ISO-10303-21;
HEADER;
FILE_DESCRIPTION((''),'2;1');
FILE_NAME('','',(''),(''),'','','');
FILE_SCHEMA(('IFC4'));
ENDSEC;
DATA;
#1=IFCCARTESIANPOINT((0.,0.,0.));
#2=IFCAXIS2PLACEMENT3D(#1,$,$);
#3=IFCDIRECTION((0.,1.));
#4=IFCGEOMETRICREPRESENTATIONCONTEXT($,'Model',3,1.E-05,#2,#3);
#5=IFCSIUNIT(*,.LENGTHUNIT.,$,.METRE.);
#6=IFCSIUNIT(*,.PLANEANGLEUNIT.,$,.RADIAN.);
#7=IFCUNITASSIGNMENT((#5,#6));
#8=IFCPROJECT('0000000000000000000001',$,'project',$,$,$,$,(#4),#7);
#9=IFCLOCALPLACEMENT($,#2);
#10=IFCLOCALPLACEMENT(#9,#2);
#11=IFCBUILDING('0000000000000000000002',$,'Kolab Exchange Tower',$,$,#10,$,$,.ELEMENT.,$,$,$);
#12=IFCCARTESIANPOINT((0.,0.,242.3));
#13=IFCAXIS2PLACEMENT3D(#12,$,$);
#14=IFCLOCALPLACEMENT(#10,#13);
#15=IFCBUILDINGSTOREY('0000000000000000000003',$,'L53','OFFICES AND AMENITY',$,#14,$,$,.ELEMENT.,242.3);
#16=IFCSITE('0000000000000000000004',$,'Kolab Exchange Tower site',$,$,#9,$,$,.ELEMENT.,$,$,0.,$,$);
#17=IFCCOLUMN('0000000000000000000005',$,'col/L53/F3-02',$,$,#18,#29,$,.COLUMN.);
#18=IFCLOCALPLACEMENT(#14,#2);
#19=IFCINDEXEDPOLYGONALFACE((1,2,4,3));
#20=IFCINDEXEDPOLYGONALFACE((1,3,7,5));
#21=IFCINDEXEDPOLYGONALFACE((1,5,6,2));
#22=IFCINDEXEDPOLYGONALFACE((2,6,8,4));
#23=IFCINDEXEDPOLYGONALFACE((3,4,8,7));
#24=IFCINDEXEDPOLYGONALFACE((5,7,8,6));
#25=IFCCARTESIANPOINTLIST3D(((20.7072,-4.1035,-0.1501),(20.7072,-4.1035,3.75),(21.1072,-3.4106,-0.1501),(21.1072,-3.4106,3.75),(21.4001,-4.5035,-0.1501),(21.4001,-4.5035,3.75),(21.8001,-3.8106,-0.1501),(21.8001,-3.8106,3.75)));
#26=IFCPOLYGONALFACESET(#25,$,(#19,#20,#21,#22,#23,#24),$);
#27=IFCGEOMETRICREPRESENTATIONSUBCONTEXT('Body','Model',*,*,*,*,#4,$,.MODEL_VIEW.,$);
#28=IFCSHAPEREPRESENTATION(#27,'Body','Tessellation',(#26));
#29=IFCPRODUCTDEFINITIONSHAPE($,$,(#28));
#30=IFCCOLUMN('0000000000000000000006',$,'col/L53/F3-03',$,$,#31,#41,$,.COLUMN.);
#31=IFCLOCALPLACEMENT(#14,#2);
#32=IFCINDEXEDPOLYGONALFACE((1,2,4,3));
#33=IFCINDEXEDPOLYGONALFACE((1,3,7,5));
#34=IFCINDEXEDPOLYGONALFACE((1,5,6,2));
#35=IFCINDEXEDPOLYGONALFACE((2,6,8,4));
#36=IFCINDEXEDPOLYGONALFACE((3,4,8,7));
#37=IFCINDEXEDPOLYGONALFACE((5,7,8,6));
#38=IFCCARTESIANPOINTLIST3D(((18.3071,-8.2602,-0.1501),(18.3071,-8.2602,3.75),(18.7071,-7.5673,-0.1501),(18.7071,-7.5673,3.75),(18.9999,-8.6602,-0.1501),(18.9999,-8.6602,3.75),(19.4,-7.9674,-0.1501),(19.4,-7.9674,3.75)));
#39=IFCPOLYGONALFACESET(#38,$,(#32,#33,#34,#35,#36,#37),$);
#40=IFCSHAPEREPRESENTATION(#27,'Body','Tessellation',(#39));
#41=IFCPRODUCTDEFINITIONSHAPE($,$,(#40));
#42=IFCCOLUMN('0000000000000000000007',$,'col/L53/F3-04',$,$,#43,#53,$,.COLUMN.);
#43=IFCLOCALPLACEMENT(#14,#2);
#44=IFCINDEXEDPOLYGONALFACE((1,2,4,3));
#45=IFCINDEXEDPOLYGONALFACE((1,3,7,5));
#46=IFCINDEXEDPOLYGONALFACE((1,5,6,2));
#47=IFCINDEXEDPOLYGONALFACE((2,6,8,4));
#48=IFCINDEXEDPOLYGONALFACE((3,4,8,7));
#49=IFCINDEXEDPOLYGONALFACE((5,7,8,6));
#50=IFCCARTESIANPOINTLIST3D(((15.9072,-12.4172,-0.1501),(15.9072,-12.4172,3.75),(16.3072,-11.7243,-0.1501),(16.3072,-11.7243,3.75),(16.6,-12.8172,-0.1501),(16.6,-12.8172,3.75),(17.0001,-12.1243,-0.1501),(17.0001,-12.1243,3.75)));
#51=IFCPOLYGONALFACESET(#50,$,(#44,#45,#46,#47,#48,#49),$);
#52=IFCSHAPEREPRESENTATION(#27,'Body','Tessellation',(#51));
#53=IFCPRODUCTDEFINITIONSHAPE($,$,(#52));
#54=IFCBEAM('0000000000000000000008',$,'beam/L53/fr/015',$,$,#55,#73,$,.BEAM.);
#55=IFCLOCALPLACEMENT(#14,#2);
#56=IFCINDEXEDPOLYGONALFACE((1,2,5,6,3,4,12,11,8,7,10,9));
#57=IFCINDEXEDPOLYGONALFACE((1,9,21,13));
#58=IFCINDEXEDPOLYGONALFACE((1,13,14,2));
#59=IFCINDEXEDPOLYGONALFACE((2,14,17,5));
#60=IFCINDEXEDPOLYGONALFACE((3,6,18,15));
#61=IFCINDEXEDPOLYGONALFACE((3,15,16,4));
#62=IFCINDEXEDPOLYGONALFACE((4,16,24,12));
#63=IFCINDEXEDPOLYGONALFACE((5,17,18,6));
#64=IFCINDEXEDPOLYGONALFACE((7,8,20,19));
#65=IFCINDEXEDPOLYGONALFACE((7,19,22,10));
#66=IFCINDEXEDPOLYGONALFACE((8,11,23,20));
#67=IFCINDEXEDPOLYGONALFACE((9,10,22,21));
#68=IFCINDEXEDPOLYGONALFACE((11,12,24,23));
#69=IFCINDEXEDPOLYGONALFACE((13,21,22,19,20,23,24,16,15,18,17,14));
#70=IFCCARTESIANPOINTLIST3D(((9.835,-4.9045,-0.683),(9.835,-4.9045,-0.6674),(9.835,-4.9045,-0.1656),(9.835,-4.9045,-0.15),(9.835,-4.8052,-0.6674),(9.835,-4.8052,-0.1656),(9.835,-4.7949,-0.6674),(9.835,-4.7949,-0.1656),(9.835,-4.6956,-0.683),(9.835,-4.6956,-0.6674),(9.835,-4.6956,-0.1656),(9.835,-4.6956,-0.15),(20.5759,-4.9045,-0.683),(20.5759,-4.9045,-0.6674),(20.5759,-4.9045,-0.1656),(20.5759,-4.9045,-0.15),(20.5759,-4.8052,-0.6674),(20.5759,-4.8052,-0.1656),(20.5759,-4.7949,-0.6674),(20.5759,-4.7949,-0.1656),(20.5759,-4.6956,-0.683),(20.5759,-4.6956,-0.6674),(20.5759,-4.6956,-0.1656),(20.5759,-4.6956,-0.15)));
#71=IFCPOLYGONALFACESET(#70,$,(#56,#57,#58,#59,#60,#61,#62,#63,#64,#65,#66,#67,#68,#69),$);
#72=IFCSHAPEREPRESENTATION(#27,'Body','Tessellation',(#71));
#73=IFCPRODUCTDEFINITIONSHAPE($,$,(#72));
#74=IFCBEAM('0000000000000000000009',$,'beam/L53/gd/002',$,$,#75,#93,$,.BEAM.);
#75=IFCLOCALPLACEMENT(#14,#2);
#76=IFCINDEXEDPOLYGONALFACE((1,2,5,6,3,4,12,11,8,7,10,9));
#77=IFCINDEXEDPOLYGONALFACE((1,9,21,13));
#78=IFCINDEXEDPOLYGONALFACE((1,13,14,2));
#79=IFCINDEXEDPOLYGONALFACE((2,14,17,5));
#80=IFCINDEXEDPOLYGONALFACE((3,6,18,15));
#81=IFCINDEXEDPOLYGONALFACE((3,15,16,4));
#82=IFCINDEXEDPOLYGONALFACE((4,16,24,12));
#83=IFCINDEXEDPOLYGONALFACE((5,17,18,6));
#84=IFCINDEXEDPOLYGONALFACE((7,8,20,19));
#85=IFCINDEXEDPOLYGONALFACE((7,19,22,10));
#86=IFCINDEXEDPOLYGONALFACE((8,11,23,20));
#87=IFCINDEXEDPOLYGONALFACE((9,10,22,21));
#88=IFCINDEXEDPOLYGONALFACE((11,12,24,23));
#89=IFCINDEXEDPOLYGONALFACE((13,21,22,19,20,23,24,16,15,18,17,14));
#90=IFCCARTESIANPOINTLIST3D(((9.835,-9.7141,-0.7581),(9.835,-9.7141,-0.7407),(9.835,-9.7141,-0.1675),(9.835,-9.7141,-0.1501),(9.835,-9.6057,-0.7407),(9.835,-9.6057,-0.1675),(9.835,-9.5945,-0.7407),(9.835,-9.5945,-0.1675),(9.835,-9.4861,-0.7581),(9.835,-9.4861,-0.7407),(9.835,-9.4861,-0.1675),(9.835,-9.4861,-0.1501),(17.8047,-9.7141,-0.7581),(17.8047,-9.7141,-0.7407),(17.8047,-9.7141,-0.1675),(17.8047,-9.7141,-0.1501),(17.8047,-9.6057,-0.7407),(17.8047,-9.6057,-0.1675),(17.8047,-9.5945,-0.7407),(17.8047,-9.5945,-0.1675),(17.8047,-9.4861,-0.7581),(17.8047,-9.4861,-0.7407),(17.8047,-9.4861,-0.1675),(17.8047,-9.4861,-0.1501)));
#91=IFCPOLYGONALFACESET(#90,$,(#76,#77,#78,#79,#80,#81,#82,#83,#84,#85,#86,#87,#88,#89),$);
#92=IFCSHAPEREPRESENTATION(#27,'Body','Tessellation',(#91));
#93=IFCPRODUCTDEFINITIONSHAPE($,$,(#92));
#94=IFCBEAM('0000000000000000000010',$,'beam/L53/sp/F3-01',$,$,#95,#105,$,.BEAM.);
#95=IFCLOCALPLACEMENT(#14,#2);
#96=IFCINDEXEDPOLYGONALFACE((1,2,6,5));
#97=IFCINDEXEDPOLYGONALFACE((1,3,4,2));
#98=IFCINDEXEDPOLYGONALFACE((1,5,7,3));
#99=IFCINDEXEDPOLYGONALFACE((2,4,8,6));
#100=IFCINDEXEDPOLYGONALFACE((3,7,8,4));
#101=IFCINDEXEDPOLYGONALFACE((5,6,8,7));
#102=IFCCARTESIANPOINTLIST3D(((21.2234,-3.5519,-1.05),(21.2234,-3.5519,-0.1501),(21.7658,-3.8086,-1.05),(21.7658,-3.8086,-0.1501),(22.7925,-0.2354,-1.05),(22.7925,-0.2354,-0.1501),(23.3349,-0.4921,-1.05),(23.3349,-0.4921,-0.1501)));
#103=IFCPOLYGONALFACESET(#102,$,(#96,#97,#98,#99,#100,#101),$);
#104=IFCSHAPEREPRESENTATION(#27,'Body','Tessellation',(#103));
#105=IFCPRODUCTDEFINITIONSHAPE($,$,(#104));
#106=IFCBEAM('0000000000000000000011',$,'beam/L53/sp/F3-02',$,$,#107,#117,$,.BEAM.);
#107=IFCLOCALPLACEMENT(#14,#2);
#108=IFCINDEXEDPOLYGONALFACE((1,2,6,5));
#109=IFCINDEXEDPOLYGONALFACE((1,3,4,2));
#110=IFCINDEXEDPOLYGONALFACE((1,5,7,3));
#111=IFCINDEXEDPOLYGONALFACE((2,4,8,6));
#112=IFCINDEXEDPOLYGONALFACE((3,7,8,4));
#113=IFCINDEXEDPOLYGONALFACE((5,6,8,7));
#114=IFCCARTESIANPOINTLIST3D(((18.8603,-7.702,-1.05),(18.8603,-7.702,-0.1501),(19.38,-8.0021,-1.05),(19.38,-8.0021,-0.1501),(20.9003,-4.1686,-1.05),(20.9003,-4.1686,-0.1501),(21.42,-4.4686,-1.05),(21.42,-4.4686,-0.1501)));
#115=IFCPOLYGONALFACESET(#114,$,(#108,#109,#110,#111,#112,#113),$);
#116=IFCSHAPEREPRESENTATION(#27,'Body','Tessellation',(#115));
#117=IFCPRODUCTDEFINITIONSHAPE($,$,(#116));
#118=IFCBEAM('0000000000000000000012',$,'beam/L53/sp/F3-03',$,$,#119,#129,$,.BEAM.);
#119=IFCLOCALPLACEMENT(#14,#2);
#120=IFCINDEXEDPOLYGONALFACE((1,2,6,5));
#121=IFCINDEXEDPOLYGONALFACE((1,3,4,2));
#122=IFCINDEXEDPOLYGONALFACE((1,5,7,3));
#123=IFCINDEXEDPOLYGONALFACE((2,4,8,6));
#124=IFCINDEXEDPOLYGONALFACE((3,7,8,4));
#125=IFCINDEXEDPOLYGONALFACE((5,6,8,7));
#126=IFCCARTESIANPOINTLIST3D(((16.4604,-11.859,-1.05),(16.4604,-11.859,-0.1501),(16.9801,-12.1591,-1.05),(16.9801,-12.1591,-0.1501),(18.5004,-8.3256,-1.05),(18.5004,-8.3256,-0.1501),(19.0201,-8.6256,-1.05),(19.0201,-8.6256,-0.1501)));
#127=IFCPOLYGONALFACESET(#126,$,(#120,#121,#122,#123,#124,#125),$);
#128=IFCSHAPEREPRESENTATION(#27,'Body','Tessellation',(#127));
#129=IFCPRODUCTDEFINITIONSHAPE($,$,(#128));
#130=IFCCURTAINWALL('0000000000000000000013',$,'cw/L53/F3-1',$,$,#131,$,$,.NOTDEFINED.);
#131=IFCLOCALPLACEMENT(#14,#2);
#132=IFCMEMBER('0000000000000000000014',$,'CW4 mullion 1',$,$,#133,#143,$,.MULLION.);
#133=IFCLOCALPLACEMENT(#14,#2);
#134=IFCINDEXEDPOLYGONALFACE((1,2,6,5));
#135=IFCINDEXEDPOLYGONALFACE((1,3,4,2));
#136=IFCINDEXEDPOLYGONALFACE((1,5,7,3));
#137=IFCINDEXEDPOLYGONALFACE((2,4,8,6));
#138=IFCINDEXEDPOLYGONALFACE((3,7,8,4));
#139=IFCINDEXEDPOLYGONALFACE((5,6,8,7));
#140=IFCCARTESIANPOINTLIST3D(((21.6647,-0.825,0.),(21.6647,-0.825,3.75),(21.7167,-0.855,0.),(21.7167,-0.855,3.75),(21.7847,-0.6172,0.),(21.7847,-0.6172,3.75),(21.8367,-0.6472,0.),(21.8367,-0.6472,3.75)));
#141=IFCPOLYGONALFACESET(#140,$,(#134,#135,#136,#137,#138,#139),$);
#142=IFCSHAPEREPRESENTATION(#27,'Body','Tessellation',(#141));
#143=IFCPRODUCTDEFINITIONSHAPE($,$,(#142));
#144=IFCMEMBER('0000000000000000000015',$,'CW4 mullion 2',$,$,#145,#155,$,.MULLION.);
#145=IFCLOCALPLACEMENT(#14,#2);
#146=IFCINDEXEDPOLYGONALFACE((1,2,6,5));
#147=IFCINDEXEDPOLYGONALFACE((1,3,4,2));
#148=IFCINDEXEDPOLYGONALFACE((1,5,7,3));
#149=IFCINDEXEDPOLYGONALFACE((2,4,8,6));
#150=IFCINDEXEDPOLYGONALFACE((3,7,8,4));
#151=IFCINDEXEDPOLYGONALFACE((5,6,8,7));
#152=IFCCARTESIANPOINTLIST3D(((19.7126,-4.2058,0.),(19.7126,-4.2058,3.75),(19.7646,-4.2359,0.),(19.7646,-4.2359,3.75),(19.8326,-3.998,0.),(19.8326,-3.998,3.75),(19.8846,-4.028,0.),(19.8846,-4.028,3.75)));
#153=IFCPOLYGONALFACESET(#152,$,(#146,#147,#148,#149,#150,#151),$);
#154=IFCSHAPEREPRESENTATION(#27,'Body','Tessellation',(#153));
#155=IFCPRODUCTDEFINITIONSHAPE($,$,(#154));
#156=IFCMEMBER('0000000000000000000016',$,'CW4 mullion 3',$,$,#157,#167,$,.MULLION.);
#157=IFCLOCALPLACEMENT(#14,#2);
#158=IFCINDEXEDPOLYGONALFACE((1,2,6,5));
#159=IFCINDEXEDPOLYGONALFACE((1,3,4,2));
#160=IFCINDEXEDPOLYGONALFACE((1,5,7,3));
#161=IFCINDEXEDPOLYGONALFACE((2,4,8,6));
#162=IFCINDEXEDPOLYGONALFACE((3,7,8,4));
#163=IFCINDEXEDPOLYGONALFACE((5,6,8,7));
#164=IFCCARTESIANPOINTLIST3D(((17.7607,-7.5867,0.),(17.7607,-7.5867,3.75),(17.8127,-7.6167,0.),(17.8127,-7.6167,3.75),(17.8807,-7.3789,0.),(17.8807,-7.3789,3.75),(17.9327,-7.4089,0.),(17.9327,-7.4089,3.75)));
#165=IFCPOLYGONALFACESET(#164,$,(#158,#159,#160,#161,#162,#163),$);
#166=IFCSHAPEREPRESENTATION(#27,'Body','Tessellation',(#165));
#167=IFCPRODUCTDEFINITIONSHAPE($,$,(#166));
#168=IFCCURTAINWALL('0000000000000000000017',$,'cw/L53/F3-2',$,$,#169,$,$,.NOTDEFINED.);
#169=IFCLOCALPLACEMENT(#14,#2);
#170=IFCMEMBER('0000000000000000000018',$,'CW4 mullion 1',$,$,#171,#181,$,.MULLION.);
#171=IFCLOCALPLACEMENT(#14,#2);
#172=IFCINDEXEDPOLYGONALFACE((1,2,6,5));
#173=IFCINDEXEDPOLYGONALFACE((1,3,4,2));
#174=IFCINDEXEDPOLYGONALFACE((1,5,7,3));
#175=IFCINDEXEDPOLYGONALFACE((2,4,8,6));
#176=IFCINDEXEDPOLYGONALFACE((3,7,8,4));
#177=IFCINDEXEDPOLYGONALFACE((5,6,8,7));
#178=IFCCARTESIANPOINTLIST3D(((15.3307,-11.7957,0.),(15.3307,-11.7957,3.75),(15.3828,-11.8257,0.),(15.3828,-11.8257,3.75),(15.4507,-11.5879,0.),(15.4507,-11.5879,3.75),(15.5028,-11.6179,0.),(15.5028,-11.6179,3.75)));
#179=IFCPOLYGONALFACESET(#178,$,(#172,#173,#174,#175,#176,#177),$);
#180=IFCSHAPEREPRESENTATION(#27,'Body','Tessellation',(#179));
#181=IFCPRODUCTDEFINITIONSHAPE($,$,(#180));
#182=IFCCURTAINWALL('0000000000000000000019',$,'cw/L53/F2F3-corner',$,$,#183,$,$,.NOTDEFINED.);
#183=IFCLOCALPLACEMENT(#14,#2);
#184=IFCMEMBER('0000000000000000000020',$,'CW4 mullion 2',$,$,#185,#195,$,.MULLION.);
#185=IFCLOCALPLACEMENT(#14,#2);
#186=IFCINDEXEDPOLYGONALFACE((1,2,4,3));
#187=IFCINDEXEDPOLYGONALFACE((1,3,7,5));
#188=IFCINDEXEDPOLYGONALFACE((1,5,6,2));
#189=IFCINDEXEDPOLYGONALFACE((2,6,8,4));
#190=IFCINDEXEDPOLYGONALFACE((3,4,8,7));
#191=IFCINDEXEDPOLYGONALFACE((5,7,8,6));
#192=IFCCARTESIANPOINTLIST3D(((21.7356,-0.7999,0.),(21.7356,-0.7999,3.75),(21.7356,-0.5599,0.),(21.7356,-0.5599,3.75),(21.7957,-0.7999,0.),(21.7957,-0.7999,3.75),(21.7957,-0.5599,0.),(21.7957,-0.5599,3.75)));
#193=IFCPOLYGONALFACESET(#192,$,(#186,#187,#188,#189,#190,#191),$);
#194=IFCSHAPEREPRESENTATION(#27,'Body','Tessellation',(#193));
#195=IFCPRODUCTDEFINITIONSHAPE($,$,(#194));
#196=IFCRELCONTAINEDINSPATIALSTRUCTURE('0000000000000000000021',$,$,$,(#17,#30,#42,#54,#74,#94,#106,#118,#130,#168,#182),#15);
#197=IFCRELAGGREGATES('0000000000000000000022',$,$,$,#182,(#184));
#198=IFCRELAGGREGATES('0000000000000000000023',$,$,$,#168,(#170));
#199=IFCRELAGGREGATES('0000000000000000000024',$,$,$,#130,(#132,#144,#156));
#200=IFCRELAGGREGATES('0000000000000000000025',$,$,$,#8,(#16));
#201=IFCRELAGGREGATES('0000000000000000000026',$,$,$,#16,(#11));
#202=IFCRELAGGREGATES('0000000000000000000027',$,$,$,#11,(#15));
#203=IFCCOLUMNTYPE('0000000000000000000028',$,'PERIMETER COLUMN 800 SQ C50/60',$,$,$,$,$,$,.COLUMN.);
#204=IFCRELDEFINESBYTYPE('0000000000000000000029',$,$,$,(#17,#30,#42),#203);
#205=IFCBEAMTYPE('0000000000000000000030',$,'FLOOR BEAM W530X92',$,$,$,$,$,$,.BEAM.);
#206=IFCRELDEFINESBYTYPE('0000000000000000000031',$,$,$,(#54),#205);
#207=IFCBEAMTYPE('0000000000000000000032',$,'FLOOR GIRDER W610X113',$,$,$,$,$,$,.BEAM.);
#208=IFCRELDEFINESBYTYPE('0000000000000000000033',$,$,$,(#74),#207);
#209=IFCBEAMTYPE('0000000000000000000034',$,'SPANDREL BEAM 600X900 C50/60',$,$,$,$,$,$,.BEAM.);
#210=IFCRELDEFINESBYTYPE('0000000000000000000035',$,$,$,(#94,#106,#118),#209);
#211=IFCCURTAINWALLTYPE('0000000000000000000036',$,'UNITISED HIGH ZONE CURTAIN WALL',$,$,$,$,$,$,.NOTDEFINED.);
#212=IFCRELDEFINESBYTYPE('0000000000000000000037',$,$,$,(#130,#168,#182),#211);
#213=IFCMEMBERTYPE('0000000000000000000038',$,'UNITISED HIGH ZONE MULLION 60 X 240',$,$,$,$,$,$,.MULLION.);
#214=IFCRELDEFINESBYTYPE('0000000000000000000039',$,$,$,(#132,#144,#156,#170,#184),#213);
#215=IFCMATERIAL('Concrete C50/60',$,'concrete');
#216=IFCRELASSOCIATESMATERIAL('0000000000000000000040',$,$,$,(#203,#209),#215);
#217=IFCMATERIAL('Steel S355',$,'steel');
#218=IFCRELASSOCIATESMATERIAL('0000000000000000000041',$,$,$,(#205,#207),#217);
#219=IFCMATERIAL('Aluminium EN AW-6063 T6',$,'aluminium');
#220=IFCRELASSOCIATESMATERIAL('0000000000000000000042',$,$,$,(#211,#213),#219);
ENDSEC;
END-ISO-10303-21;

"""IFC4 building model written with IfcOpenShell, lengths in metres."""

from ifc_helpers import new_model, si_unit, direction, frame, origin, origin_2d, place, context, subcontext, project, spatial, rectangle, i_section, extrude, material, material_profile, profile_set, type_object, element, aggregate, save


model = new_model("IFC4")

# Units and contexts
model_context = context("Model", 3, precision=1e-05, world=origin(), true_north=direction((0.0, 1.0)))
body_context = subcontext(model_context, "Body", "Model", "MODEL_VIEW")
ifc_project = project(units=[si_unit("LENGTHUNIT", "METRE"), si_unit("PLANEANGLEUNIT", "RADIAN")], contexts=[model_context])

# Site, building, storey
site_placement = place(None, origin())
site = spatial("IfcSite", under=ifc_project, at=site_placement, Name="Kolab Exchange Tower site", CompositionType="ELEMENT", RefElevation=0.0)
building_placement = place(site_placement, origin())
building = spatial("IfcBuilding", under=site, at=building_placement, Name="Kolab Exchange Tower", CompositionType="ELEMENT")
storey_placement = place(building_placement, frame((0.0, 0.0, 242.3)))
storey = spatial("IfcBuildingStorey", under=building, at=storey_placement, Name="L53", Description="OFFICES AND AMENITY", CompositionType="ELEMENT", Elevation=242.3)

# Columns
ifc_material_1 = material(Name="Concrete C50/60", Category="concrete")
ifc_material_profile_1 = material_profile(ifc_material_1, rectangle(XDim=0.8, YDim=0.8, at=origin_2d()), Name="RC800")
ifc_profile_set_1 = profile_set([ifc_material_profile_1], Name="Concrete C50/60")
column_type = type_object("IfcColumnType", Name="PERIMETER COLUMN 800 SQ C50/60", PredefinedType="COLUMN", material=ifc_profile_set_1)
for number, where, z_axis, x_axis, name in (
    (1, (21.2537, -3.957, -0.1501), (0.0, 0.0, 1.0), (0.5, 0.866025, 0.0), "col/L53/F3-02"),
    (2, (18.8535, -8.1138, -0.1501), (0.0, 0.0, 1.0), (0.5, 0.866025, 0.0), "col/L53/F3-03"),
    (3, (16.4536, -12.2708, -0.1501), (0.0, 0.0, 1.0), (0.5, 0.866025, 0.0), "col/L53/F3-04"),
):
    element("IfcColumn", number, at=place(storey_placement, frame(where, z_axis=z_axis, x_axis=x_axis)), inside=storey, type_object=column_type, Name=name, PredefinedType="COLUMN", context=body_context, shape_type="SweptSolid", body=[
        extrude(rectangle(XDim=0.8, YDim=0.8, at=origin_2d()), origin(), (0.0, 0.0, 1.0), 3.9001),
    ])

# Beams
ifc_material_2 = material(Name="Steel S355", Category="steel")
ifc_material_profile_2 = material_profile(ifc_material_2, i_section(OverallWidth=0.209, OverallDepth=0.533, WebThickness=0.0103, FlangeThickness=0.0156, at=origin_2d()), Name="W530X92")
ifc_profile_set_2 = profile_set([ifc_material_profile_2], Name="Steel S355")
beam_type_1 = type_object("IfcBeamType", Name="FLOOR BEAM W530X92", PredefinedType="BEAM", material=ifc_profile_set_2)
beam_1_placement = place(storey_placement, frame((9.835, -4.8, -0.4165), z_axis=(1.0, 0.0, 0.0), x_axis=(0.0, 1.0, 0.0)))
element("IfcBeam", 4, at=beam_1_placement, inside=storey, type_object=beam_type_1, Name="beam/L53/fr/015", PredefinedType="BEAM", context=body_context, shape_type="SweptSolid", body=[
    extrude(i_section(OverallWidth=0.209, OverallDepth=0.533, WebThickness=0.0103, FlangeThickness=0.0156, at=origin_2d()), origin(), (0.0, 0.0, 1.0), 10.741),
])
ifc_material_profile_3 = material_profile(ifc_material_2, i_section(OverallWidth=0.228, OverallDepth=0.6079, WebThickness=0.0112, FlangeThickness=0.0173, at=origin_2d()), Name="W610X113")
ifc_profile_set_3 = profile_set([ifc_material_profile_3], Name="Steel S355")
beam_type_2 = type_object("IfcBeamType", Name="FLOOR GIRDER W610X113", PredefinedType="BEAM", material=ifc_profile_set_3)
beam_2_placement = place(storey_placement, frame((9.835, -9.6001, -0.4541), z_axis=(1.0, 0.0, 0.0), x_axis=(0.0, 1.0, 0.0)))
element("IfcBeam", 5, at=beam_2_placement, inside=storey, type_object=beam_type_2, Name="beam/L53/gd/002", PredefinedType="BEAM", context=body_context, shape_type="SweptSolid", body=[
    extrude(i_section(OverallWidth=0.228, OverallDepth=0.6079, WebThickness=0.0112, FlangeThickness=0.0173, at=origin_2d()), origin(), (0.0, 0.0, 1.0), 7.9697),
])
ifc_material_profile_4 = material_profile(ifc_material_1, rectangle(XDim=0.6001, YDim=0.8999, at=origin_2d()), Name="RC600X900")
ifc_profile_set_4 = profile_set([ifc_material_profile_4], Name="Concrete C50/60")
beam_type_3 = type_object("IfcBeamType", Name="SPANDREL BEAM 600X900 C50/60", PredefinedType="BEAM", material=ifc_profile_set_4)
beam_3_placement = place(storey_placement, frame((23.0637, -0.3638, -0.6001), z_axis=(-0.427677, -0.903932, 0.0), x_axis=(0.903932, -0.427677, 0.0)))
element("IfcBeam", 6, at=beam_3_placement, inside=storey, type_object=beam_type_3, Name="beam/L53/sp/F3-01", PredefinedType="BEAM", context=body_context, shape_type="SweptSolid", body=[
    extrude(rectangle(XDim=0.6001, YDim=0.8999, at=origin_2d()), origin(), (0.0, 0.0, 1.0), 3.6689),
])
for number, where, z_axis, x_axis, name in (
    (7, (21.1602, -4.3186, -0.6001), (-0.5, -0.866025, 0.0), (0.866025, -0.5, 0.0), "beam/L53/sp/F3-02"),
    (8, (18.7603, -8.4756, -0.6001), (-0.5, -0.866025, 0.0), (0.866025, -0.5, 0.0), "beam/L53/sp/F3-03"),
):
    element("IfcBeam", number, at=place(storey_placement, frame(where, z_axis=z_axis, x_axis=x_axis)), inside=storey, type_object=beam_type_3, Name=name, PredefinedType="BEAM", context=body_context, shape_type="SweptSolid", body=[
        extrude(rectangle(XDim=0.6001, YDim=0.8999, at=origin_2d()), origin(), (0.0, 0.0, 1.0), 4.0801),
    ])

# Curtain wall, members
ifc_material_3 = material(Name="Aluminium EN AW-6063 T6", Category="aluminium")
curtain_wall_type = type_object("IfcCurtainWallType", Name="UNITISED HIGH ZONE CURTAIN WALL", PredefinedType="NOTDEFINED", material=ifc_material_3)
curtain_wall_1_placement = place(storey_placement, origin())
curtain_wall_1 = element("IfcCurtainWall", 9, at=curtain_wall_1_placement, inside=storey, type_object=curtain_wall_type, Name="cw/L53/F3-1", PredefinedType="NOTDEFINED")
ifc_material_profile_5 = material_profile(ifc_material_3, rectangle(XDim=0.0601, YDim=0.24, at=origin_2d()), Name="RECT 60X240")
ifc_profile_set_5 = profile_set([ifc_material_profile_5], Name="Aluminium EN AW-6063 T6")
member_type_1 = type_object("IfcMemberType", Name="UNITISED HIGH ZONE MULLION 60 X 240", PredefinedType="MULLION", material=ifc_profile_set_5)
member_1_placement = place(storey_placement, frame((21.7507, -0.7361, 0.0), z_axis=(0.0, 0.0, 1.0), x_axis=(0.866025, -0.5, 0.0)))
member_1 = element("IfcMember", 10, at=member_1_placement, type_object=member_type_1, Name="CW4 mullion 1", PredefinedType="MULLION", context=body_context, shape_type="SweptSolid", body=[
    extrude(rectangle(XDim=0.0601, YDim=0.24, at=origin_2d()), origin(), (0.0, 0.0, 1.0), 3.75),
])
member_2_placement = place(storey_placement, frame((19.7986, -4.1169, 0.0), z_axis=(0.0, 0.0, 1.0), x_axis=(0.866025, -0.5, 0.0)))
member_2 = element("IfcMember", 11, at=member_2_placement, type_object=member_type_1, Name="CW4 mullion 2", PredefinedType="MULLION", context=body_context, shape_type="SweptSolid", body=[
    extrude(rectangle(XDim=0.0601, YDim=0.24, at=origin_2d()), origin(), (0.0, 0.0, 1.0), 3.75),
])
member_3_placement = place(storey_placement, frame((17.8467, -7.4978, 0.0), z_axis=(0.0, 0.0, 1.0), x_axis=(0.866025, -0.5, 0.0)))
member_3 = element("IfcMember", 12, at=member_3_placement, type_object=member_type_1, Name="CW4 mullion 3", PredefinedType="MULLION", context=body_context, shape_type="SweptSolid", body=[
    extrude(rectangle(XDim=0.0601, YDim=0.24, at=origin_2d()), origin(), (0.0, 0.0, 1.0), 3.75),
])

# Curtain walls, members
curtain_wall_2_placement = place(storey_placement, origin())
curtain_wall_2 = element("IfcCurtainWall", 13, at=curtain_wall_2_placement, inside=storey, type_object=curtain_wall_type, Name="cw/L53/F3-2", PredefinedType="NOTDEFINED")
member_4_placement = place(storey_placement, frame((15.4167, -11.7068, 0.0), z_axis=(0.0, 0.0, 1.0), x_axis=(0.866025, -0.5, 0.0)))
member_4 = element("IfcMember", 14, at=member_4_placement, type_object=member_type_1, Name="CW4 mullion 1", PredefinedType="MULLION", context=body_context, shape_type="SweptSolid", body=[
    extrude(rectangle(XDim=0.0601, YDim=0.24, at=origin_2d()), origin(), (0.0, 0.0, 1.0), 3.75),
])
curtain_wall_3_placement = place(storey_placement, origin())
curtain_wall_3 = element("IfcCurtainWall", 15, at=curtain_wall_3_placement, inside=storey, type_object=curtain_wall_type, Name="cw/L53/F2F3-corner", PredefinedType="NOTDEFINED")
member_5_placement = place(storey_placement, frame((21.7656, -0.6799, 0.0), z_axis=(0.0, 0.0, 1.0), x_axis=(1.0, 0.0, 0.0)))
member_5 = element("IfcMember", 16, at=member_5_placement, type_object=member_type_1, Name="CW4 mullion 2", PredefinedType="MULLION", context=body_context, shape_type="SweptSolid", body=[
    extrude(rectangle(XDim=0.0601, YDim=0.24, at=origin_2d()), origin(), (0.0, 0.0, 1.0), 3.75),
])
aggregate(curtain_wall_3, [member_5])

aggregate(curtain_wall_2, [member_4])

aggregate(curtain_wall_1, [member_1, member_2, member_3])

save(model, "model.ifc")
